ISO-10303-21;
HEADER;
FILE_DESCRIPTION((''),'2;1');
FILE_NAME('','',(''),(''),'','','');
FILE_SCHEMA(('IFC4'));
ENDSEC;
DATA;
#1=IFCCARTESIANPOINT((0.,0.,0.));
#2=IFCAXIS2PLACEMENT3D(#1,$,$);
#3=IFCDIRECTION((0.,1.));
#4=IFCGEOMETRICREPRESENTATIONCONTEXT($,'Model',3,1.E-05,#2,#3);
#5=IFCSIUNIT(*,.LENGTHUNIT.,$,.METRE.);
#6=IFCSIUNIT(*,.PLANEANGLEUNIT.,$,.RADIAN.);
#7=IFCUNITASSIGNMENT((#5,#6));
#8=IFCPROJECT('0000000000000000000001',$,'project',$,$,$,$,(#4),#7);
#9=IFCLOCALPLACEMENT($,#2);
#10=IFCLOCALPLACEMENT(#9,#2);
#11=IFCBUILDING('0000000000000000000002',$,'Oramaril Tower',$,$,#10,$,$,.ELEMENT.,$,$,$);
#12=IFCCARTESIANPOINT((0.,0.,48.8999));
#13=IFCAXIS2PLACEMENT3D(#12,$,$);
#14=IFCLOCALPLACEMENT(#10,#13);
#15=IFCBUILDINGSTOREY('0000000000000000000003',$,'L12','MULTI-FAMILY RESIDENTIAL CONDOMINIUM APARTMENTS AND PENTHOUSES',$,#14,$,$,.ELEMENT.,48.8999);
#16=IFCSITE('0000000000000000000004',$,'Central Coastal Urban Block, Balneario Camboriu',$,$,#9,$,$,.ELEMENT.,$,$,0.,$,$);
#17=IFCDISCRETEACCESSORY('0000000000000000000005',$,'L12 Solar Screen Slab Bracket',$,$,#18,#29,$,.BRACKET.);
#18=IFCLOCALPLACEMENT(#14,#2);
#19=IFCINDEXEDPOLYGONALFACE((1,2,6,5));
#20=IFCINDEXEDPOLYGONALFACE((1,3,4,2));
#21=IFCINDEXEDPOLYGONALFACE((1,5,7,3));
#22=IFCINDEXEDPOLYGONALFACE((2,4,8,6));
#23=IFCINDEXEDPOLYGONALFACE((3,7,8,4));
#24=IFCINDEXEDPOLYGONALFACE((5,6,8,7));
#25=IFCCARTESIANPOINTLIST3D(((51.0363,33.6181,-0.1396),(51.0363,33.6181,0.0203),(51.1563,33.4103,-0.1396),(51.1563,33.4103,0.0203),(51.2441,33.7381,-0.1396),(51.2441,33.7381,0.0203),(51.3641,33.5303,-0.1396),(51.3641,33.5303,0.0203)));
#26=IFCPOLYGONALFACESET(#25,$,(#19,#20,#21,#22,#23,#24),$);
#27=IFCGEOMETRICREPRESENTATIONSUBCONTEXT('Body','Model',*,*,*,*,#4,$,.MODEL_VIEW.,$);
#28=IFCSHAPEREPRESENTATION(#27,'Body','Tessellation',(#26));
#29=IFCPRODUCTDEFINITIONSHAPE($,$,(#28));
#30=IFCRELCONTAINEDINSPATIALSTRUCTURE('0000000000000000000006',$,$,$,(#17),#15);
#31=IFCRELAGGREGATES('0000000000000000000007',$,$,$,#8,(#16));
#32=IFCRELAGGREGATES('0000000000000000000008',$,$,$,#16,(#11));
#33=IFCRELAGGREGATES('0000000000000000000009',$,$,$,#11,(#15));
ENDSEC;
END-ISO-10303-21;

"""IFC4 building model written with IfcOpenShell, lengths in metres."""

from ifc_helpers import new_model, si_unit, direction, frame, origin, origin_2d, place, context, subcontext, project, spatial, rectangle, extrude, element, save


model = new_model("IFC4")

# Units and contexts
model_context = context("Model", 3, precision=1e-05, world=origin(), true_north=direction((0.0, 1.0)))
body_context = subcontext(model_context, "Body", "Model", "MODEL_VIEW")
ifc_project = project(units=[si_unit("LENGTHUNIT", "METRE"), si_unit("PLANEANGLEUNIT", "RADIAN")], contexts=[model_context])

# Site, building, storey
site_placement = place(None, origin())
site = spatial("IfcSite", under=ifc_project, at=site_placement, Name="Central Coastal Urban Block, Balneario Camboriu", CompositionType="ELEMENT", RefElevation=0.0)
building_placement = place(site_placement, origin())
building = spatial("IfcBuilding", under=site, at=building_placement, Name="Oramaril Tower", CompositionType="ELEMENT")
storey_placement = place(building_placement, frame((0.0, 0.0, 48.8999)))
storey = spatial("IfcBuildingStorey", under=building, at=storey_placement, Name="L12", Description="MULTI-FAMILY RESIDENTIAL CONDOMINIUM APARTMENTS AND PENTHOUSES", CompositionType="ELEMENT", Elevation=48.8999)

# Discrete accessory
discrete_accessory_placement = place(storey_placement, frame((51.2002, 33.5742, -0.1396), z_axis=(0.0, 0.0, 1.0), x_axis=(-0.500003, 0.866024, 0.0)))
element("IfcDiscreteAccessory", 1, at=discrete_accessory_placement, inside=storey, Name="L12 Solar Screen Slab Bracket", PredefinedType="BRACKET", context=body_context, shape_type="SweptSolid", body=[
    extrude(rectangle(XDim=0.24, YDim=0.24, at=origin_2d()), origin(), (0.0, 0.0, 1.0), 0.1599),
])

save(model, "model.ifc")
